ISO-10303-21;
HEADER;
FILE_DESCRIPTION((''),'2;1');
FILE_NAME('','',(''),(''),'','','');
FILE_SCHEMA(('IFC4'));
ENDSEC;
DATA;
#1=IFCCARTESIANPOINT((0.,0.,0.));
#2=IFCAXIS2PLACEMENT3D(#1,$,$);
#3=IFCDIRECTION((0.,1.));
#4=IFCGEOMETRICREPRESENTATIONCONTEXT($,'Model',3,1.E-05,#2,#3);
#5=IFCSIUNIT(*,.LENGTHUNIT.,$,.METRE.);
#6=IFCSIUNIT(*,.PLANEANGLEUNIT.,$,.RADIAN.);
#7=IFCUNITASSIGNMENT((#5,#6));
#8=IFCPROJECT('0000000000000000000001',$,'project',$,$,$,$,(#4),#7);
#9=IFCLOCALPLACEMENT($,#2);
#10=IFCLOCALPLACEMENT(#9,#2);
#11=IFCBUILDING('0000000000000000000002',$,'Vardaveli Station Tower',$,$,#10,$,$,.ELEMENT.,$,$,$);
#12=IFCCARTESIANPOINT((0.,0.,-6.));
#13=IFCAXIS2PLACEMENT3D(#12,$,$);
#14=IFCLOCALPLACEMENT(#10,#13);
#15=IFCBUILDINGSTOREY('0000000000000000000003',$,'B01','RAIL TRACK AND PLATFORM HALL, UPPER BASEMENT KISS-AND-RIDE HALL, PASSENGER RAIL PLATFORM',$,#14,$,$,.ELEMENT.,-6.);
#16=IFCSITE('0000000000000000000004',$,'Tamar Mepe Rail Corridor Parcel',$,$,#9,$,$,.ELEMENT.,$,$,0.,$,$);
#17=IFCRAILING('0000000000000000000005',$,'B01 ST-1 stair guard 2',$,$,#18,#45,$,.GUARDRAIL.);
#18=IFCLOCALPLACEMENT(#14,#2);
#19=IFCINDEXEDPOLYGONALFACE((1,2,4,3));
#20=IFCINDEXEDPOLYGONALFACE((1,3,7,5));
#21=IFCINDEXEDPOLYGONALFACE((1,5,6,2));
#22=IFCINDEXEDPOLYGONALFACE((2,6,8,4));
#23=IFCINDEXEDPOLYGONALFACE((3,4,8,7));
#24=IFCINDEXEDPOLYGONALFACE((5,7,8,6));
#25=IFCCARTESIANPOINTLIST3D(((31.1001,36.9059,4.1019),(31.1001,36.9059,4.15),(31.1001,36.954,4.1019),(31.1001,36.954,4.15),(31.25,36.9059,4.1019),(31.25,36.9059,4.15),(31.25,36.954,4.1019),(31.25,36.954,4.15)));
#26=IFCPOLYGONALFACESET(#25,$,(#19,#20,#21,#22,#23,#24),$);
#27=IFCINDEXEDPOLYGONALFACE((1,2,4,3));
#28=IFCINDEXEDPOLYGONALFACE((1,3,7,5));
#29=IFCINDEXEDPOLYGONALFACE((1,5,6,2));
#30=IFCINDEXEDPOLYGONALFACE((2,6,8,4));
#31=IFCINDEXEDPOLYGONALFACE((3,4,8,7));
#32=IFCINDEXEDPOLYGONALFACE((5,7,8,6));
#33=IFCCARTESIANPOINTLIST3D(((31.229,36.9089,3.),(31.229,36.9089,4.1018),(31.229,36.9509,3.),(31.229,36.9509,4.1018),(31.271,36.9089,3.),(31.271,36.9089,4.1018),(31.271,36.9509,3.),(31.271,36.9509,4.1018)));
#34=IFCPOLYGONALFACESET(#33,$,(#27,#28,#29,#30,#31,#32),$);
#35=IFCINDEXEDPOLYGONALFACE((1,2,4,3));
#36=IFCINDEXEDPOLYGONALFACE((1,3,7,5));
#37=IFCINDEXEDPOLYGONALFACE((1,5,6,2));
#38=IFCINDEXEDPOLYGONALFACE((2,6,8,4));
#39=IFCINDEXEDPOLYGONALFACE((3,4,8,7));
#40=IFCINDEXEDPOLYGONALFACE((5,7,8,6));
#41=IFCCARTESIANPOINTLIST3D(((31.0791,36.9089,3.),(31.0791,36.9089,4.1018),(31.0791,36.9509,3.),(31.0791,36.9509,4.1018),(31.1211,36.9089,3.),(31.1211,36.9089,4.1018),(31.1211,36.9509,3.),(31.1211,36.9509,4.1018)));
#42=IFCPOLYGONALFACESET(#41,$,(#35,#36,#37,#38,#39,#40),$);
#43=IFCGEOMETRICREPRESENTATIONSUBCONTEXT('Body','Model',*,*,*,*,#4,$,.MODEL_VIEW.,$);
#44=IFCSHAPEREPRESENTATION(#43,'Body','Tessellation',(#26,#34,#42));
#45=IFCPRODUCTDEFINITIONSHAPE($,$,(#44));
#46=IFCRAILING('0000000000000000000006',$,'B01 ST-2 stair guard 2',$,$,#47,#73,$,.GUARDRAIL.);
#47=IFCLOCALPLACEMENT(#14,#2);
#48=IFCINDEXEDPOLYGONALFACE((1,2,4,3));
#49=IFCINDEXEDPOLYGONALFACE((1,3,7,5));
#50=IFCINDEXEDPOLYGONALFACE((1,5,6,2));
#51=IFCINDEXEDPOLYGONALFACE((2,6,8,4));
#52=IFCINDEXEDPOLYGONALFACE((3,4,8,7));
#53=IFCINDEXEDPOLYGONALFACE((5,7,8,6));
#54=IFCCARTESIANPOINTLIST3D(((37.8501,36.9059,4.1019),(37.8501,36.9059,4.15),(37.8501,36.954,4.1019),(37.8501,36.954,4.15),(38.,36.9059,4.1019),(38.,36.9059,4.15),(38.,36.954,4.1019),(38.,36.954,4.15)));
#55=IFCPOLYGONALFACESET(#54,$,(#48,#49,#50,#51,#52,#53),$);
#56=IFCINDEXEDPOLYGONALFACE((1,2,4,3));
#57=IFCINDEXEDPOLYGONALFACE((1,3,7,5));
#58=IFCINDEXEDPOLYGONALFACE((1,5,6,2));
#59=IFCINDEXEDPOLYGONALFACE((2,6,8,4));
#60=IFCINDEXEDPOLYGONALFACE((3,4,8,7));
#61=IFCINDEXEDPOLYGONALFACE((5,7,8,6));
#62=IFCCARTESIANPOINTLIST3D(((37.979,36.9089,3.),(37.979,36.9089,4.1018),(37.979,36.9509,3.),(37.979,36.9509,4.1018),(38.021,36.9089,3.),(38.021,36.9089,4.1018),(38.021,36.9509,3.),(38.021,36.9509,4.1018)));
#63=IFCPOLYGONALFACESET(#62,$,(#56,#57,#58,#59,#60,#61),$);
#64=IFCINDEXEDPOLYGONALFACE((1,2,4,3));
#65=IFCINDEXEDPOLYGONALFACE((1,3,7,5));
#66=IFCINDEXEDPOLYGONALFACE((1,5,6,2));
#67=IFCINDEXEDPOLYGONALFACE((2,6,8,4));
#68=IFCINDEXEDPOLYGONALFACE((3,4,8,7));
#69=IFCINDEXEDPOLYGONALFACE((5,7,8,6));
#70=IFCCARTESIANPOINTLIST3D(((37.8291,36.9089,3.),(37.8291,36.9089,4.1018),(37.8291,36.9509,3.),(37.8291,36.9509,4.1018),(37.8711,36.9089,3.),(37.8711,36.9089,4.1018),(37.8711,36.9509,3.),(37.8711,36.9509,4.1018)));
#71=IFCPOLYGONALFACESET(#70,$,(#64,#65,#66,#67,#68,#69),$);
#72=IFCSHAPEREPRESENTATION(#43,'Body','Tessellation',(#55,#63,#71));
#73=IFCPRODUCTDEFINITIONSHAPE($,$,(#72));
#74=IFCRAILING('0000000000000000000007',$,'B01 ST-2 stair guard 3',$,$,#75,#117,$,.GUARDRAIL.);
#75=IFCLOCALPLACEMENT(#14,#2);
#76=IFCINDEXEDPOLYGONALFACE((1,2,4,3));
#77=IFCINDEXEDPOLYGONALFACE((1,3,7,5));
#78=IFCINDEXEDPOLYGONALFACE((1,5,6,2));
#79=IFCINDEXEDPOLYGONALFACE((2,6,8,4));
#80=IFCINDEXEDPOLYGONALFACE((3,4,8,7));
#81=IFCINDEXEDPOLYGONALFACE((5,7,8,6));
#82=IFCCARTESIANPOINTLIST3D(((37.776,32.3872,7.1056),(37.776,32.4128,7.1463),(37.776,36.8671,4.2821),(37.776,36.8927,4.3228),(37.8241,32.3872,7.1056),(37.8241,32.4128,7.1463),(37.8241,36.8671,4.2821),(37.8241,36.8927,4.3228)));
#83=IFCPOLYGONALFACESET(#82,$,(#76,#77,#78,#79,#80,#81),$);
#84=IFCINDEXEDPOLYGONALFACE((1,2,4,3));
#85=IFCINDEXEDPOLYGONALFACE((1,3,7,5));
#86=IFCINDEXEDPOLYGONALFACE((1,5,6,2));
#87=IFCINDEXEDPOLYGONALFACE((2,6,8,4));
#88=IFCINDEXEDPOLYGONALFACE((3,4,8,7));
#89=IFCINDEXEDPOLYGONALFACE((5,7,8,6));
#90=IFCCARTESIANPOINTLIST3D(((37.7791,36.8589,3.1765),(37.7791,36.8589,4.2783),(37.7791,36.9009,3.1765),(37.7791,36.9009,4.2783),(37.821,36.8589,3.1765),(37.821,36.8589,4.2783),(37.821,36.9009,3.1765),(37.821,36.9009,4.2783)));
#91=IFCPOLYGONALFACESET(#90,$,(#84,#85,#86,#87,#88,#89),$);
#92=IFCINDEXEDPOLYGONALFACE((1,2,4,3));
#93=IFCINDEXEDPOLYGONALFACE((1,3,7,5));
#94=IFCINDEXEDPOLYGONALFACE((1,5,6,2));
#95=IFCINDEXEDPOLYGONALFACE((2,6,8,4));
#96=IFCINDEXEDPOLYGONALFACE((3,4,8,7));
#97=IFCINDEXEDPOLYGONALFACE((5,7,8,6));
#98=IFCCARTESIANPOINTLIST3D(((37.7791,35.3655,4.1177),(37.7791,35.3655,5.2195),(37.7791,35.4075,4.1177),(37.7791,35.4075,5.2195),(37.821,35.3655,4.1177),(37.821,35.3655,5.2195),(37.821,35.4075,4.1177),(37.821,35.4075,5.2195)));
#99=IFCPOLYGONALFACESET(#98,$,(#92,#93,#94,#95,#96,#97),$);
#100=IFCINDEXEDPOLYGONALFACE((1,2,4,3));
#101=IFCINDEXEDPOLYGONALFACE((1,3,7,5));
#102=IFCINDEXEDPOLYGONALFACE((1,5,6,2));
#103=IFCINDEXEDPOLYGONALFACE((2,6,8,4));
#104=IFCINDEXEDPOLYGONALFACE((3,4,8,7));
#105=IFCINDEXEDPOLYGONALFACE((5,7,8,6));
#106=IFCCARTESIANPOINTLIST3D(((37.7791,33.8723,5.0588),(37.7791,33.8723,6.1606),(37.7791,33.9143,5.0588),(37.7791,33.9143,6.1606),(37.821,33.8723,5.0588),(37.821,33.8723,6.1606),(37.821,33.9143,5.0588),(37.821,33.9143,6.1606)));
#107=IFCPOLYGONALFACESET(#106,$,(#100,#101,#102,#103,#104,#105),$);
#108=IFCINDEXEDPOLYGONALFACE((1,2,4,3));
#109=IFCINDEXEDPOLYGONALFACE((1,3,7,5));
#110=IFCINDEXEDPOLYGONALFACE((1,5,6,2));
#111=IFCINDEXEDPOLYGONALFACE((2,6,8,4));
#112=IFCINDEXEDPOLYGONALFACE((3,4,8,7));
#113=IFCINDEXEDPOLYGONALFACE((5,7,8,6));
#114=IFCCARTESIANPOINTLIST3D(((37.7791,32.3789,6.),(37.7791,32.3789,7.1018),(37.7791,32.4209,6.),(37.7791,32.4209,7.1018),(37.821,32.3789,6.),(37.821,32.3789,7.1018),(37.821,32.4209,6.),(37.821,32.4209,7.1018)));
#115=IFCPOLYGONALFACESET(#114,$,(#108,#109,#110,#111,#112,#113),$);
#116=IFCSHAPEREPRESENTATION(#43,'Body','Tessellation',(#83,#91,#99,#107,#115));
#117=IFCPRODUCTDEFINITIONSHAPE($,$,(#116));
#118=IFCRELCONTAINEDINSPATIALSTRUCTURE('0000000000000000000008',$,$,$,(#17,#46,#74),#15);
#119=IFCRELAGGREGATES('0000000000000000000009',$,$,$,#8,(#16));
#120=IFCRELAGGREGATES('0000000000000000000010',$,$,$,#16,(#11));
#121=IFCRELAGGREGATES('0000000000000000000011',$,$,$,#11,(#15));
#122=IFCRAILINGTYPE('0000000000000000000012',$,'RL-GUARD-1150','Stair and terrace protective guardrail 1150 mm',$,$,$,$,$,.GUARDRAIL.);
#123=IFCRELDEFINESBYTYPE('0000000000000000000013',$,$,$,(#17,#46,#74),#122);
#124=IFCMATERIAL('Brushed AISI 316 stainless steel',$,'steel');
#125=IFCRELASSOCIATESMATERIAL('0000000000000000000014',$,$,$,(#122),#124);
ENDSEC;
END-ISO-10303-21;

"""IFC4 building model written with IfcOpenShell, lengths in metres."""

from ifc_helpers import new_model, si_unit, direction, frame, origin, origin_2d, place, context, subcontext, project, spatial, rectangle, extrude, source, transform, mapped, material, type_object, element, save


model = new_model("IFC4")

# Units and contexts
model_context = context("Model", 3, precision=1e-05, world=origin(), true_north=direction((0.0, 1.0)))
body_context = subcontext(model_context, "Body", "Model", "MODEL_VIEW")
ifc_project = project(units=[si_unit("LENGTHUNIT", "METRE"), si_unit("PLANEANGLEUNIT", "RADIAN")], contexts=[model_context])

# Site, building, storey
site_placement = place(None, origin())
site = spatial("IfcSite", under=ifc_project, at=site_placement, Name="Tamar Mepe Rail Corridor Parcel", CompositionType="ELEMENT", RefElevation=0.0)
building_placement = place(site_placement, origin())
building = spatial("IfcBuilding", under=site, at=building_placement, Name="Vardaveli Station Tower", CompositionType="ELEMENT")
storey_placement = place(building_placement, frame((0.0, 0.0, -6.0)))
storey = spatial("IfcBuildingStorey", under=building, at=storey_placement, Name="B01", Description="RAIL TRACK AND PLATFORM HALL, UPPER BASEMENT KISS-AND-RIDE HALL, PASSENGER RAIL PLATFORM", CompositionType="ELEMENT", Elevation=-6.0)

# Railings
ifc_material_1 = material(Name="Brushed AISI 316 stainless steel", Category="steel")
railing_type = type_object("IfcRailingType", Name="RL-GUARD-1150", Description="Stair and terrace protective guardrail 1150 mm", PredefinedType="GUARDRAIL", material=ifc_material_1)
shared_shape_1 = source(origin(), body_context, "Body", "SweptSolid", [
    extrude(rectangle(XDim=0.0481, YDim=0.0481, at=origin_2d()), frame((0.0, 0.0, 1.126), z_axis=(-1.0, 0.0, 0.0), x_axis=(0.0, -1.0, 0.0)), (0.0, 0.0, 1.0), 0.1499),
    extrude(rectangle(XDim=0.042, YDim=0.042, at=origin_2d()), origin(), (0.0, 0.0, 1.0), 1.1018),
    extrude(rectangle(XDim=0.042, YDim=0.042, at=origin_2d()), frame((-0.1499, 0.0, 0.0)), (0.0, 0.0, 1.0), 1.1018),
])
for number, where, name in (
    (1, (31.25, 36.9299, 3.0), "B01 ST-1 stair guard 2"),
    (2, (38.0, 36.9299, 3.0), "B01 ST-2 stair guard 2"),
):
    element("IfcRailing", number, at=place(storey_placement, frame(where)), inside=storey, type_object=railing_type, Name=name, PredefinedType="GUARDRAIL", context=body_context, shape_type="MappedRepresentation", body=[
        mapped(shared_shape_1, transform((0.0, 0.0, 0.0), scale=1.0)),
    ])
shared_shape_2 = source(origin(), body_context, "Body", "SweptSolid", [
    extrude(rectangle(XDim=0.0481, YDim=0.0481, at=origin_2d()), frame((0.0, 0.0, 1.126), z_axis=(0.0, -0.845998, 0.533186), x_axis=(1.0, 0.0, 0.0)), (0.0, 0.0, 1.0), 5.2954),
    extrude(rectangle(XDim=0.042, YDim=0.042, at=origin_2d()), origin(), (0.0, 0.0, 1.0), 1.1018),
    extrude(rectangle(XDim=0.042, YDim=0.042, at=origin_2d()), frame((0.0, -1.4934, 0.9412)), (0.0, 0.0, 1.0), 1.1018),
    extrude(rectangle(XDim=0.042, YDim=0.042, at=origin_2d()), frame((0.0, -2.9866, 1.8823)), (0.0, 0.0, 1.0), 1.1018),
    extrude(rectangle(XDim=0.042, YDim=0.042, at=origin_2d()), frame((0.0, -4.48, 2.8235)), (0.0, 0.0, 1.0), 1.1018),
])
railing_1_placement = place(storey_placement, frame((37.8, 36.8799, 3.1765)))
element("IfcRailing", 3, at=railing_1_placement, inside=storey, type_object=railing_type, Name="B01 ST-2 stair guard 3", PredefinedType="GUARDRAIL", context=body_context, shape_type="MappedRepresentation", body=[
    mapped(shared_shape_2, transform((0.0, 0.0, 0.0), scale=1.0)),
])

save(model, "model.ifc")
